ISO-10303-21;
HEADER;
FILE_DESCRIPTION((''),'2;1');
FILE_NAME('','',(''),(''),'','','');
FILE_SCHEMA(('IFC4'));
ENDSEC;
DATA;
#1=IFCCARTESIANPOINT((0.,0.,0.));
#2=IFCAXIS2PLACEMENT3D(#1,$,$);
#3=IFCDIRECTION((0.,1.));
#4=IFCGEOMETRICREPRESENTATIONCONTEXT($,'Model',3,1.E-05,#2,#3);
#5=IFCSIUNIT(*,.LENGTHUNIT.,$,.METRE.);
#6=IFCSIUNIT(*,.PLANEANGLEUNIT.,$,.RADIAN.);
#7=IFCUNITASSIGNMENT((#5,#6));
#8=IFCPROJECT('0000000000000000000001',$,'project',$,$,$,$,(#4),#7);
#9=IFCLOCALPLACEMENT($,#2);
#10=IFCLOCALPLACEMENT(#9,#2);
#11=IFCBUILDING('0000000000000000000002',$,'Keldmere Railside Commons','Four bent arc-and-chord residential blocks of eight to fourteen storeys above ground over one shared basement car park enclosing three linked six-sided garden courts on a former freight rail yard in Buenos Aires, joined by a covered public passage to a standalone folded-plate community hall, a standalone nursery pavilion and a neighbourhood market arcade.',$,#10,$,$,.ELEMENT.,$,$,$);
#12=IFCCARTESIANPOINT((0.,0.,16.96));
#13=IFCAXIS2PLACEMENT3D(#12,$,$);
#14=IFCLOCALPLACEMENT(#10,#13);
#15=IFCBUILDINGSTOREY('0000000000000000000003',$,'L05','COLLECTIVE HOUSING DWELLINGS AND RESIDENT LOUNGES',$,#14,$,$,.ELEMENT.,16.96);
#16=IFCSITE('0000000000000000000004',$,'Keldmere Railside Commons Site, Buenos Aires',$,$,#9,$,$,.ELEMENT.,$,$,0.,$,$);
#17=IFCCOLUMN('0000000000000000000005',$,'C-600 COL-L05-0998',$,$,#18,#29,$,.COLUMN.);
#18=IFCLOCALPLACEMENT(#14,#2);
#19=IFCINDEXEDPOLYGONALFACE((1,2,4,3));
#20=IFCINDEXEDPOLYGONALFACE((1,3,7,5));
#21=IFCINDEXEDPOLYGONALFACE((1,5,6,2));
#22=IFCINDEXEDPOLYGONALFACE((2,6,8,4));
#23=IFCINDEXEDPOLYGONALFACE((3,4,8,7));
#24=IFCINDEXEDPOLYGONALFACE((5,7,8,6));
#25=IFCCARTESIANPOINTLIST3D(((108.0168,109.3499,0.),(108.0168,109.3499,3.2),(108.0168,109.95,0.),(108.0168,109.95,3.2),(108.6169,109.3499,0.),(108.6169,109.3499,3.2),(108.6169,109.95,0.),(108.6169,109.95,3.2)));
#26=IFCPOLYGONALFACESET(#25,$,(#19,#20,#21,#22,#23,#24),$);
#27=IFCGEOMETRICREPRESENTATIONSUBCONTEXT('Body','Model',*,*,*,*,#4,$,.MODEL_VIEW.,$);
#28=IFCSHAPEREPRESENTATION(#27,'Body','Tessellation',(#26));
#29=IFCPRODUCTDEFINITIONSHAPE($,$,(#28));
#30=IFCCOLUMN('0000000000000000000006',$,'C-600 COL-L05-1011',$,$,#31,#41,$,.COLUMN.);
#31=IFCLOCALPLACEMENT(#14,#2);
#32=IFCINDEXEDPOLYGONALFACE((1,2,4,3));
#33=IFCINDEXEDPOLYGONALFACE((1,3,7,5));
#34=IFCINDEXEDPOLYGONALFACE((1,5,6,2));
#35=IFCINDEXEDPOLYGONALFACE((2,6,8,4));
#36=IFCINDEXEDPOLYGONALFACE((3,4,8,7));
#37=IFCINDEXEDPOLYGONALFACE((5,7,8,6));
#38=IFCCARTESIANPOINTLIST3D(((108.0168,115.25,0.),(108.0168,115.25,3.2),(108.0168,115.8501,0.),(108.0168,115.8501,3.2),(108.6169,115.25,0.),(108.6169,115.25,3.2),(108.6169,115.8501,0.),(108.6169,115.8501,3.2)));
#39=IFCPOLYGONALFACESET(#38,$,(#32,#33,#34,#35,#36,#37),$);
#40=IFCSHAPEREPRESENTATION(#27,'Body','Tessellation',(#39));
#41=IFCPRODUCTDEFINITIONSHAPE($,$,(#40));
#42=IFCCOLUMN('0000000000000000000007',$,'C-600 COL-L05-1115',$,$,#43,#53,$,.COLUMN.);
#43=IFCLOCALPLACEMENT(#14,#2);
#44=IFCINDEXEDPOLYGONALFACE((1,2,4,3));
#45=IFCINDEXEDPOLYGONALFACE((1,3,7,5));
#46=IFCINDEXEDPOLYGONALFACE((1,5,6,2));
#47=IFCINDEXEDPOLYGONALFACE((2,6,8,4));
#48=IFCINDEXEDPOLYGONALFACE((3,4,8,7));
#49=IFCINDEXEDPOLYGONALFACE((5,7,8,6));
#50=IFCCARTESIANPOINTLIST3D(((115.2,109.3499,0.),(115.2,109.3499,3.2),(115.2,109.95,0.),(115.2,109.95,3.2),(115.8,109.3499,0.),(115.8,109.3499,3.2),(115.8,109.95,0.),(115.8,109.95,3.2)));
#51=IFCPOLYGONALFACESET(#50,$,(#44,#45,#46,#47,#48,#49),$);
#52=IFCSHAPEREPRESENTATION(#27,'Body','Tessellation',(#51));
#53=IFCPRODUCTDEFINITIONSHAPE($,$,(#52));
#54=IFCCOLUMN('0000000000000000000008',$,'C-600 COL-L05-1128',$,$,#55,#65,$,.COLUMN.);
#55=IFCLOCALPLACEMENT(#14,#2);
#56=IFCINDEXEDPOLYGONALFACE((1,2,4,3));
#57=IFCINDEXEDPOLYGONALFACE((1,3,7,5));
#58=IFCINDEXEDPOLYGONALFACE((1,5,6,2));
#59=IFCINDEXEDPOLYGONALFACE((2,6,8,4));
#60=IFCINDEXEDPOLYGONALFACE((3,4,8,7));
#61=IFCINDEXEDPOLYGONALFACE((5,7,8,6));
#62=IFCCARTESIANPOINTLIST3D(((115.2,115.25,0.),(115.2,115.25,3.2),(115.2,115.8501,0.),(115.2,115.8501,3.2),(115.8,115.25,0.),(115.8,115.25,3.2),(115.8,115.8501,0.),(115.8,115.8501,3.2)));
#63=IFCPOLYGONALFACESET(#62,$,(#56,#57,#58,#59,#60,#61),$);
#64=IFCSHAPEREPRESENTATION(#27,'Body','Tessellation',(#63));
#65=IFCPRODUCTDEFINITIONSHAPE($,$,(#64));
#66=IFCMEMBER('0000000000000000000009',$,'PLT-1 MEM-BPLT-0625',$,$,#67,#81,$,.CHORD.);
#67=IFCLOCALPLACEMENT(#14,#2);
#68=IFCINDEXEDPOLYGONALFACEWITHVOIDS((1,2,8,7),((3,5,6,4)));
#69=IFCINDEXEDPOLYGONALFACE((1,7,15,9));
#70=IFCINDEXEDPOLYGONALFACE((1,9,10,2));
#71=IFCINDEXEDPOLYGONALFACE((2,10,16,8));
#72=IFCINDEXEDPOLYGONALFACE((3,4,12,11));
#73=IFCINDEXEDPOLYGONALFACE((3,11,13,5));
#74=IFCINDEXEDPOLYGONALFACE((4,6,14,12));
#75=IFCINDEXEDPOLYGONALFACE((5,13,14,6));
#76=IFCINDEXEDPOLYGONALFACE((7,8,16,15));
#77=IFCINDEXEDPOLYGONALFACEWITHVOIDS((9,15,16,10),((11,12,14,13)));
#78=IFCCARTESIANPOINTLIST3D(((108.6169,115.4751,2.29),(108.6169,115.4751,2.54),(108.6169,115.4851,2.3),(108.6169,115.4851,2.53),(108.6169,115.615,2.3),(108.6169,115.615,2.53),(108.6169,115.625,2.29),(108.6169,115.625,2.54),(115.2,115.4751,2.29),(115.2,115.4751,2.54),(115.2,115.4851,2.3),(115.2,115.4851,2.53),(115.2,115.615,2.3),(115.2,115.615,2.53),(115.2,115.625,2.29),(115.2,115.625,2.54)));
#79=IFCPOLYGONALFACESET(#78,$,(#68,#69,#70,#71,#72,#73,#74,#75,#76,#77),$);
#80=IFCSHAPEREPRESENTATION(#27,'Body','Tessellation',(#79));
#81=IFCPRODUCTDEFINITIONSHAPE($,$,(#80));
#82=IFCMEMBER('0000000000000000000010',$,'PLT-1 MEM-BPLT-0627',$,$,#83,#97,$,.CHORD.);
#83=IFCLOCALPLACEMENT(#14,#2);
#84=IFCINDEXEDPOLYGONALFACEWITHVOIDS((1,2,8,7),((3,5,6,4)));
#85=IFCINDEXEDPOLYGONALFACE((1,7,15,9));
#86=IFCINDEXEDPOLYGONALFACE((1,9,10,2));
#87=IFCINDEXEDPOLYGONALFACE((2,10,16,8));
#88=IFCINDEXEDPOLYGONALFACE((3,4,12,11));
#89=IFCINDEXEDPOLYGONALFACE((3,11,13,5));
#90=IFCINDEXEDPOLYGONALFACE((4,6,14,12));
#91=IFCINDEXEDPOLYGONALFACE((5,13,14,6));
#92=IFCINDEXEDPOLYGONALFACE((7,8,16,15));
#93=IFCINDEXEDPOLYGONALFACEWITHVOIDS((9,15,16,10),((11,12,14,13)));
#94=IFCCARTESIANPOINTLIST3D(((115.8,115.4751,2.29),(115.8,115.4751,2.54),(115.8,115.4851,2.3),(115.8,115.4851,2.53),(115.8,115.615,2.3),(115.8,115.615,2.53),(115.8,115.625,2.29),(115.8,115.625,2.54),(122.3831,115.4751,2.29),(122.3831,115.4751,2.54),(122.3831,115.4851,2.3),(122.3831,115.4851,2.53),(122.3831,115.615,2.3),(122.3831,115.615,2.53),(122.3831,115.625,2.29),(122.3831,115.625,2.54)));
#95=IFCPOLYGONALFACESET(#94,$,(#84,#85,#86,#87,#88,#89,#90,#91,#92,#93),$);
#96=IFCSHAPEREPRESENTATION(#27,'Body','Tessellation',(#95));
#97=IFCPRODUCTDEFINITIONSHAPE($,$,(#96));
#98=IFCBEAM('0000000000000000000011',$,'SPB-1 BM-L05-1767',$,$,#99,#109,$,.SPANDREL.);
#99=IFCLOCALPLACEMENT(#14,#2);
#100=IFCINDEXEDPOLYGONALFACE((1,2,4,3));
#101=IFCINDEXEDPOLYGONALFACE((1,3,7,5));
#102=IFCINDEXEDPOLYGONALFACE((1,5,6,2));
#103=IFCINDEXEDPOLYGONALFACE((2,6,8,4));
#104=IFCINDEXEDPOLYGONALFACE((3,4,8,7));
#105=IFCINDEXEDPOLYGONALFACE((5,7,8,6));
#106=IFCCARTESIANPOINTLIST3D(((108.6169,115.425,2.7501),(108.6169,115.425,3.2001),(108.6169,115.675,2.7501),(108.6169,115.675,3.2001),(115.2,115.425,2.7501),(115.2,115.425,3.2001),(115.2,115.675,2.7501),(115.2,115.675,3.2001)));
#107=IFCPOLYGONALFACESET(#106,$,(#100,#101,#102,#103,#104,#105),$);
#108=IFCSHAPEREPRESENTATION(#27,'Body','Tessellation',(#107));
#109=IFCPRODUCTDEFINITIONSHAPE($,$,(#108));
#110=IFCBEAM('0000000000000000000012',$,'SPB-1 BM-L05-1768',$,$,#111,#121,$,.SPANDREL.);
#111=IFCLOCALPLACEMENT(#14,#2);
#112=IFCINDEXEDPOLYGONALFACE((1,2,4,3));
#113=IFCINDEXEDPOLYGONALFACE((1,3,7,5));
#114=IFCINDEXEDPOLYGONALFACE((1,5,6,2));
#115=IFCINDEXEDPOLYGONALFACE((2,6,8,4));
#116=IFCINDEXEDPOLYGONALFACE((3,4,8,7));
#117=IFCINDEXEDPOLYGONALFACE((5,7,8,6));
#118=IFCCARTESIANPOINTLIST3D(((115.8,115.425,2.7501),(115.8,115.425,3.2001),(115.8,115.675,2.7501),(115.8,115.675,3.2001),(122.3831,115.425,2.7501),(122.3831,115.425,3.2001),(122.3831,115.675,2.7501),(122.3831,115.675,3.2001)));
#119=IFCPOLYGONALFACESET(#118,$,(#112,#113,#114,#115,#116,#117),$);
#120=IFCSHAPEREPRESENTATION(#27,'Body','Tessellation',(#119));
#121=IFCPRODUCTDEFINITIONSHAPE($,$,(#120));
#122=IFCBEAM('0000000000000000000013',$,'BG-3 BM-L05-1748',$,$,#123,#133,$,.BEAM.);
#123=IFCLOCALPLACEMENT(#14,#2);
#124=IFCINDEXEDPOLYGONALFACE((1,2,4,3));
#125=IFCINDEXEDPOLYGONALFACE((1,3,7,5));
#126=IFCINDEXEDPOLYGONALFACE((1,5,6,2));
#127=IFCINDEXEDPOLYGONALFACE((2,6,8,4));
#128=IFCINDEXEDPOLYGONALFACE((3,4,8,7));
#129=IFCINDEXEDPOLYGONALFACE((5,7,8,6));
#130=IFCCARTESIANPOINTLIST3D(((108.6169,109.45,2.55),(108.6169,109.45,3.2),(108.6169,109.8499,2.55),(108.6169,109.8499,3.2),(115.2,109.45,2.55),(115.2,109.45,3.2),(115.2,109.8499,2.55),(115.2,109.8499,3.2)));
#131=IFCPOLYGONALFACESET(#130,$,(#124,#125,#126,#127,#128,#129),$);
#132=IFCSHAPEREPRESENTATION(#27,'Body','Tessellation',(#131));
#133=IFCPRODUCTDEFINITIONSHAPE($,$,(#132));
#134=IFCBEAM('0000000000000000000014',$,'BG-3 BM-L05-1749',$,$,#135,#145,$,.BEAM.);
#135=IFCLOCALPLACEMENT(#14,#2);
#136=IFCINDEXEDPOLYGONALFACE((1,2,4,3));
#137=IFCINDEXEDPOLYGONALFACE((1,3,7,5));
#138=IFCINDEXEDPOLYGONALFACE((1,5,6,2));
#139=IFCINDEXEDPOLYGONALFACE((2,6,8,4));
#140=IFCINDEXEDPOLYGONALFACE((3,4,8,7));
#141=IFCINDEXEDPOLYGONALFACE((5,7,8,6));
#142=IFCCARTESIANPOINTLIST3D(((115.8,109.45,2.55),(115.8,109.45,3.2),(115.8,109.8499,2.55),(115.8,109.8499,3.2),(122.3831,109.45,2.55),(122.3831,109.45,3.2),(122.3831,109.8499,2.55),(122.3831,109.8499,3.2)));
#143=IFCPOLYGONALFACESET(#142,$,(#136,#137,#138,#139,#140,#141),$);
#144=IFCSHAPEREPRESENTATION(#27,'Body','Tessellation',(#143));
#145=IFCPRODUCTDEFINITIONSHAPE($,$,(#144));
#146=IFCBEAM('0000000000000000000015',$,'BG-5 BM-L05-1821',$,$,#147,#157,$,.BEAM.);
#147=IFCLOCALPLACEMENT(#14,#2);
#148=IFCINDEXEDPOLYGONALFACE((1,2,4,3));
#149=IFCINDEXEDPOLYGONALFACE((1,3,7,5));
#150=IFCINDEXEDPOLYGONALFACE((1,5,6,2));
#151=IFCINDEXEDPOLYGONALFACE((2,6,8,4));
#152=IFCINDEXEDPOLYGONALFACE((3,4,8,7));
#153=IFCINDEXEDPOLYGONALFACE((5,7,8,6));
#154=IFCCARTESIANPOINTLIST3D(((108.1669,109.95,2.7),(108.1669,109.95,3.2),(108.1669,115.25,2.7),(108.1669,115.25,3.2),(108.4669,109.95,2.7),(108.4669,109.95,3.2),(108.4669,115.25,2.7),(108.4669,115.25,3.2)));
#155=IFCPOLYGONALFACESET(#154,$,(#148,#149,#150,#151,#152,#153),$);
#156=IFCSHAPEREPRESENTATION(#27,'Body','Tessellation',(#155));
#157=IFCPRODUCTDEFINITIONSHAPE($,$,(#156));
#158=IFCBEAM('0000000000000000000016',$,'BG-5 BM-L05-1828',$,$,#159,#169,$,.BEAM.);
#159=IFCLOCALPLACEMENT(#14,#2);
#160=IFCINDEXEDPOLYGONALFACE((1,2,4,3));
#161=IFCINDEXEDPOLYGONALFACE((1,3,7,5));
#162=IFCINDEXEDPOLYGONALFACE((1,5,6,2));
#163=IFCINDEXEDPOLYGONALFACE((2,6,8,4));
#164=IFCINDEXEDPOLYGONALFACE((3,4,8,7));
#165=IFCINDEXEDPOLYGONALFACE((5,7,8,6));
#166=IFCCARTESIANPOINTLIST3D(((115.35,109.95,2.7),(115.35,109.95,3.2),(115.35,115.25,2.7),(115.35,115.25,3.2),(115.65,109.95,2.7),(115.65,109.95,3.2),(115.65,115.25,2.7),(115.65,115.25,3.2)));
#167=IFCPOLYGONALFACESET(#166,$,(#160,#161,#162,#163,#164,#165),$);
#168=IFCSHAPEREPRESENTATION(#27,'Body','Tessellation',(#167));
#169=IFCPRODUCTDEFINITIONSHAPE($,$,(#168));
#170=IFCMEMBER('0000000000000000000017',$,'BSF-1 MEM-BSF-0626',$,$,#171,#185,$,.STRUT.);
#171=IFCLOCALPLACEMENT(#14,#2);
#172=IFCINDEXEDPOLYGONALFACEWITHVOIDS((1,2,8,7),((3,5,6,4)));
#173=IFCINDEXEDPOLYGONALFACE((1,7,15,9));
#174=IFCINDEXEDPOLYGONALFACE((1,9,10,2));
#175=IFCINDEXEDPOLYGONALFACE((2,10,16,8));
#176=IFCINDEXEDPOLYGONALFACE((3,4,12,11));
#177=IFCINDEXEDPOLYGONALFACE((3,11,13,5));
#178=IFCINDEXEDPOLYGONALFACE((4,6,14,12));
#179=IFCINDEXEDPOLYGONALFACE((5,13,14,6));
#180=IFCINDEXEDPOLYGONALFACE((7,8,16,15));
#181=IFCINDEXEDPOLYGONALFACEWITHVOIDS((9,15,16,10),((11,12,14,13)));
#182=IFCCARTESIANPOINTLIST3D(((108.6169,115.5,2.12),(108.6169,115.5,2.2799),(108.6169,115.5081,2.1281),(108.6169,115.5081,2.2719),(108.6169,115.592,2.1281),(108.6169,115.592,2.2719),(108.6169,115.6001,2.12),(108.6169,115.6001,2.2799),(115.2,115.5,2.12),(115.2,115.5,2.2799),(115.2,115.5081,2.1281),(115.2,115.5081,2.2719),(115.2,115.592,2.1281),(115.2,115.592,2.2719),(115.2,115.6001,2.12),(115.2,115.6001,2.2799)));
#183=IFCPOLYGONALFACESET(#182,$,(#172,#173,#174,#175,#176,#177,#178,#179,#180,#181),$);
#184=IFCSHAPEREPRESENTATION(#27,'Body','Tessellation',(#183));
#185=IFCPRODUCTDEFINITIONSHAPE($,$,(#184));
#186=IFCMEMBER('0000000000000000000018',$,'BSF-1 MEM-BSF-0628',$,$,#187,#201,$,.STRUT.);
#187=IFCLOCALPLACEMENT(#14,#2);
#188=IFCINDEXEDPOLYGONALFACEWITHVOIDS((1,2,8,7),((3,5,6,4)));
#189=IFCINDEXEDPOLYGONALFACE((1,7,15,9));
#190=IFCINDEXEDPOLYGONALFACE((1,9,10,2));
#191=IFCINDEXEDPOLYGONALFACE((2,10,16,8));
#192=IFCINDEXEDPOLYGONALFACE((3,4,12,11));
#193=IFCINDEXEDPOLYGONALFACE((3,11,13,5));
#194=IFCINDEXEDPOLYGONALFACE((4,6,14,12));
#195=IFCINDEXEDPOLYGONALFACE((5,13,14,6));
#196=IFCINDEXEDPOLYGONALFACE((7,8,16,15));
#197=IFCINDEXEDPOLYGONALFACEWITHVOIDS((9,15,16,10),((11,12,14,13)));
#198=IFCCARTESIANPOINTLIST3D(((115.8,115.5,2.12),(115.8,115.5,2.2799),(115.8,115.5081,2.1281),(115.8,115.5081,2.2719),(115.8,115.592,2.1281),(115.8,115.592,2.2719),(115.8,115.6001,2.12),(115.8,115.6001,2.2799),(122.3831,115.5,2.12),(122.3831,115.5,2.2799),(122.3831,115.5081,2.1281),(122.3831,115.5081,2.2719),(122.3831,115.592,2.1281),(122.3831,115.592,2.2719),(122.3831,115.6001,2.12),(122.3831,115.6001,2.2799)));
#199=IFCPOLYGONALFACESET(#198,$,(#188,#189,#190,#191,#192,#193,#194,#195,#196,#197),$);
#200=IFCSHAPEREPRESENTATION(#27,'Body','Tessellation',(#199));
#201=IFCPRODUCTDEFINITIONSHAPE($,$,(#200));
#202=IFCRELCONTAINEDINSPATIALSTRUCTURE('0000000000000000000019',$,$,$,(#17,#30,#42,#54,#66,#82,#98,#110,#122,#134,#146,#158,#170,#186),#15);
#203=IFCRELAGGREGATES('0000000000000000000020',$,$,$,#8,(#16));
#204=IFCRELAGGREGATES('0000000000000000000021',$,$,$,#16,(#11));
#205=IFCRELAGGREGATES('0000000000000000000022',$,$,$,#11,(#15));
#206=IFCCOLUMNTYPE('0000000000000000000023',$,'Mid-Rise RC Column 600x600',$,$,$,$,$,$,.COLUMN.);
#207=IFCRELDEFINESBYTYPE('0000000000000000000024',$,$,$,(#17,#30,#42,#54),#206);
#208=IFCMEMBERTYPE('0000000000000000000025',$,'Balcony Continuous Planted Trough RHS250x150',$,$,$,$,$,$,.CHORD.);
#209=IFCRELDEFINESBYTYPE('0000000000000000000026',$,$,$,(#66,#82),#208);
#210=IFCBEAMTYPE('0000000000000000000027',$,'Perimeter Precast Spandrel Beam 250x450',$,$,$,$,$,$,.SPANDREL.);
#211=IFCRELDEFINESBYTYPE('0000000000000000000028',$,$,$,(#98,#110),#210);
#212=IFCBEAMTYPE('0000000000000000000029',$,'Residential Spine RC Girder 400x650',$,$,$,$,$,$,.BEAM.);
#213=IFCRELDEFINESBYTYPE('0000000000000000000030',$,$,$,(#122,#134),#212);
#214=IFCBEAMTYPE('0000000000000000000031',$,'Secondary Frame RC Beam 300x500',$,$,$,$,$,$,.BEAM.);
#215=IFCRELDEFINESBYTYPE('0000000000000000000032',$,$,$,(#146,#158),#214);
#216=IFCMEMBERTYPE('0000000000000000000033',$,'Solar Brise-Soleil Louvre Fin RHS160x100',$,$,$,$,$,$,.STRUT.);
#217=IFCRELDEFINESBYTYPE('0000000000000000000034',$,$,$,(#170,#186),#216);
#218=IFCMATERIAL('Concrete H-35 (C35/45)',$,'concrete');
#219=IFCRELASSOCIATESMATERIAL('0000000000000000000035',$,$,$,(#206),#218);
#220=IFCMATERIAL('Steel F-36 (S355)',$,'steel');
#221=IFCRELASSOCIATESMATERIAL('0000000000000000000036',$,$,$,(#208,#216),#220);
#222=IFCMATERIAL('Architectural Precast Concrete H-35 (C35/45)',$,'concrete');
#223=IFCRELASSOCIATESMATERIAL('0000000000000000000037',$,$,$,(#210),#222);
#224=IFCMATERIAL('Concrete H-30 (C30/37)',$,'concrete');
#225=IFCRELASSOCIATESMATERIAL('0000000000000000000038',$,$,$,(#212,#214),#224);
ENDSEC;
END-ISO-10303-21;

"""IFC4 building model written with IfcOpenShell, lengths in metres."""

from ifc_helpers import new_model, si_unit, direction, frame, origin, origin_2d, place, context, subcontext, project, spatial, rectangle, hollow_rectangle, extrude, material, material_profile, profile_set, type_object, element, save


model = new_model("IFC4")

# Units and contexts
model_context = context("Model", 3, precision=1e-05, world=origin(), true_north=direction((0.0, 1.0)))
body_context = subcontext(model_context, "Body", "Model", "MODEL_VIEW")
ifc_project = project(units=[si_unit("LENGTHUNIT", "METRE"), si_unit("PLANEANGLEUNIT", "RADIAN")], contexts=[model_context])

# Site, building, storey
site_placement = place(None, origin())
site = spatial("IfcSite", under=ifc_project, at=site_placement, Name="Keldmere Railside Commons Site, Buenos Aires", CompositionType="ELEMENT", RefElevation=0.0)
building_placement = place(site_placement, origin())
building = spatial("IfcBuilding", under=site, at=building_placement, Name="Keldmere Railside Commons", Description="Four bent arc-and-chord residential blocks of eight to fourteen storeys above ground over one shared basement car park enclosing three linked six-sided garden courts on a former freight rail yard in Buenos Aires, joined by a covered public passage to a standalone folded-plate community hall, a standalone nursery pavilion and a neighbourhood market arcade.", CompositionType="ELEMENT")
storey_placement = place(building_placement, frame((0.0, 0.0, 16.96)))
storey = spatial("IfcBuildingStorey", under=building, at=storey_placement, Name="L05", Description="COLLECTIVE HOUSING DWELLINGS AND RESIDENT LOUNGES", CompositionType="ELEMENT", Elevation=16.96)

# Columns
ifc_material_1 = material(Name="Concrete H-35 (C35/45)", Category="concrete")
ifc_material_profile_1 = material_profile(ifc_material_1, rectangle(XDim=0.6001, YDim=0.6001, at=origin_2d()), Name="RC-600x600")
ifc_profile_set_1 = profile_set([ifc_material_profile_1], Name="Concrete H-35 (C35/45)")
column_type = type_object("IfcColumnType", Name="Mid-Rise RC Column 600x600", PredefinedType="COLUMN", material=ifc_profile_set_1)
for number, where, z_axis, x_axis, name in (
    (1, (108.3169, 109.6499, 0.0), (0.0, 0.0, 1.0), (1.0, 0.0, 0.0), "C-600 COL-L05-0998"),
    (2, (108.3169, 115.55, 0.0), (0.0, 0.0, 1.0), (1.0, 0.0, 0.0), "C-600 COL-L05-1011"),
    (3, (115.5, 109.6499, 0.0), (0.0, 0.0, 1.0), (1.0, 0.0, 0.0), "C-600 COL-L05-1115"),
    (4, (115.5, 115.55, 0.0), (0.0, 0.0, 1.0), (1.0, 0.0, 0.0), "C-600 COL-L05-1128"),
):
    element("IfcColumn", number, at=place(storey_placement, frame(where, z_axis=z_axis, x_axis=x_axis)), inside=storey, type_object=column_type, Name=name, PredefinedType="COLUMN", context=body_context, shape_type="SweptSolid", body=[
        extrude(rectangle(XDim=0.6001, YDim=0.6001, at=origin_2d()), origin(), (0.0, 0.0, 1.0), 3.2),
    ])

# Members
ifc_material_2 = material(Name="Steel F-36 (S355)", Category="steel")
ifc_material_profile_2 = material_profile(ifc_material_2, hollow_rectangle(XDim=0.1499, YDim=0.25, WallThickness=0.01, at=origin_2d()), Name="RHS-250x150x10")
ifc_profile_set_2 = profile_set([ifc_material_profile_2], Name="Steel F-36 (S355)")
member_type_1 = type_object("IfcMemberType", Name="Balcony Continuous Planted Trough RHS250x150", PredefinedType="CHORD", material=ifc_profile_set_2)
for number, where, z_axis, x_axis, name in (
    (5, (108.6169, 115.55, 2.415), (1.0, 0.0, 0.0), (0.0, 1.0, 0.0), "PLT-1 MEM-BPLT-0625"),
    (6, (115.8, 115.55, 2.415), (1.0, 0.0, 0.0), (0.0, 1.0, 0.0), "PLT-1 MEM-BPLT-0627"),
):
    element("IfcMember", number, at=place(storey_placement, frame(where, z_axis=z_axis, x_axis=x_axis)), inside=storey, type_object=member_type_1, Name=name, PredefinedType="CHORD", context=body_context, shape_type="SweptSolid", body=[
        extrude(hollow_rectangle(XDim=0.1499, YDim=0.25, WallThickness=0.01, at=origin_2d()), origin(), (0.0, 0.0, 1.0), 6.583),
    ])

# Beams
ifc_material_3 = material(Name="Architectural Precast Concrete H-35 (C35/45)", Category="concrete")
ifc_material_profile_3 = material_profile(ifc_material_3, rectangle(XDim=0.25, YDim=0.45, at=origin_2d()), Name="RC-250x450")
ifc_profile_set_3 = profile_set([ifc_material_profile_3], Name="Architectural Precast Concrete H-35 (C35/45)")
beam_type_1 = type_object("IfcBeamType", Name="Perimeter Precast Spandrel Beam 250x450", PredefinedType="SPANDREL", material=ifc_profile_set_3)
for number, where, z_axis, x_axis, name in (
    (7, (108.6169, 115.55, 2.9751), (1.0, 0.0, 0.0), (0.0, 1.0, 0.0), "SPB-1 BM-L05-1767"),
    (8, (115.8, 115.55, 2.9751), (1.0, 0.0, 0.0), (0.0, 1.0, 0.0), "SPB-1 BM-L05-1768"),
):
    element("IfcBeam", number, at=place(storey_placement, frame(where, z_axis=z_axis, x_axis=x_axis)), inside=storey, type_object=beam_type_1, Name=name, PredefinedType="SPANDREL", context=body_context, shape_type="SweptSolid", body=[
        extrude(rectangle(XDim=0.25, YDim=0.45, at=origin_2d()), origin(), (0.0, 0.0, 1.0), 6.583),
    ])
ifc_material_4 = material(Name="Concrete H-30 (C30/37)", Category="concrete")
ifc_material_profile_4 = material_profile(ifc_material_4, rectangle(XDim=0.3999, YDim=0.6499, at=origin_2d()), Name="RC-400x650")
ifc_profile_set_4 = profile_set([ifc_material_profile_4], Name="Concrete H-30 (C30/37)")
beam_type_2 = type_object("IfcBeamType", Name="Residential Spine RC Girder 400x650", PredefinedType="BEAM", material=ifc_profile_set_4)
for number, where, z_axis, x_axis, name in (
    (9, (108.6169, 109.6499, 2.875), (1.0, 0.0, 0.0), (0.0, 1.0, 0.0), "BG-3 BM-L05-1748"),
    (10, (115.8, 109.6499, 2.875), (1.0, 0.0, 0.0), (0.0, 1.0, 0.0), "BG-3 BM-L05-1749"),
):
    element("IfcBeam", number, at=place(storey_placement, frame(where, z_axis=z_axis, x_axis=x_axis)), inside=storey, type_object=beam_type_2, Name=name, PredefinedType="BEAM", context=body_context, shape_type="SweptSolid", body=[
        extrude(rectangle(XDim=0.3999, YDim=0.6499, at=origin_2d()), origin(), (0.0, 0.0, 1.0), 6.583),
    ])
ifc_material_profile_5 = material_profile(ifc_material_4, rectangle(XDim=0.3, YDim=0.5, at=origin_2d()), Name="RC-300x500")
ifc_profile_set_5 = profile_set([ifc_material_profile_5], Name="Concrete H-30 (C30/37)")
beam_type_3 = type_object("IfcBeamType", Name="Secondary Frame RC Beam 300x500", PredefinedType="BEAM", material=ifc_profile_set_5)
for number, where, z_axis, x_axis, name in (
    (11, (108.3169, 109.95, 2.95), (0.0, 1.0, 0.0), (-1.0, 0.0, 0.0), "BG-5 BM-L05-1821"),
    (12, (115.5, 109.95, 2.95), (0.0, 1.0, 0.0), (-1.0, 0.0, 0.0), "BG-5 BM-L05-1828"),
):
    element("IfcBeam", number, at=place(storey_placement, frame(where, z_axis=z_axis, x_axis=x_axis)), inside=storey, type_object=beam_type_3, Name=name, PredefinedType="BEAM", context=body_context, shape_type="SweptSolid", body=[
        extrude(rectangle(XDim=0.3, YDim=0.5, at=origin_2d()), origin(), (0.0, 0.0, 1.0), 5.3),
    ])

# Members
ifc_material_profile_6 = material_profile(ifc_material_2, hollow_rectangle(XDim=0.1001, YDim=0.1599, WallThickness=0.0081, at=origin_2d()), Name="RHS-160x100x8")
ifc_profile_set_6 = profile_set([ifc_material_profile_6], Name="Steel F-36 (S355)")
member_type_2 = type_object("IfcMemberType", Name="Solar Brise-Soleil Louvre Fin RHS160x100", PredefinedType="STRUT", material=ifc_profile_set_6)
for number, where, z_axis, x_axis, name in (
    (13, (108.6169, 115.55, 2.2), (1.0, 0.0, 0.0), (0.0, 1.0, 0.0), "BSF-1 MEM-BSF-0626"),
    (14, (115.8, 115.55, 2.2), (1.0, 0.0, 0.0), (0.0, 1.0, 0.0), "BSF-1 MEM-BSF-0628"),
):
    element("IfcMember", number, at=place(storey_placement, frame(where, z_axis=z_axis, x_axis=x_axis)), inside=storey, type_object=member_type_2, Name=name, PredefinedType="STRUT", context=body_context, shape_type="SweptSolid", body=[
        extrude(hollow_rectangle(XDim=0.1001, YDim=0.1599, WallThickness=0.0081, at=origin_2d()), origin(), (0.0, 0.0, 1.0), 6.583),
    ])

save(model, "model.ifc")
